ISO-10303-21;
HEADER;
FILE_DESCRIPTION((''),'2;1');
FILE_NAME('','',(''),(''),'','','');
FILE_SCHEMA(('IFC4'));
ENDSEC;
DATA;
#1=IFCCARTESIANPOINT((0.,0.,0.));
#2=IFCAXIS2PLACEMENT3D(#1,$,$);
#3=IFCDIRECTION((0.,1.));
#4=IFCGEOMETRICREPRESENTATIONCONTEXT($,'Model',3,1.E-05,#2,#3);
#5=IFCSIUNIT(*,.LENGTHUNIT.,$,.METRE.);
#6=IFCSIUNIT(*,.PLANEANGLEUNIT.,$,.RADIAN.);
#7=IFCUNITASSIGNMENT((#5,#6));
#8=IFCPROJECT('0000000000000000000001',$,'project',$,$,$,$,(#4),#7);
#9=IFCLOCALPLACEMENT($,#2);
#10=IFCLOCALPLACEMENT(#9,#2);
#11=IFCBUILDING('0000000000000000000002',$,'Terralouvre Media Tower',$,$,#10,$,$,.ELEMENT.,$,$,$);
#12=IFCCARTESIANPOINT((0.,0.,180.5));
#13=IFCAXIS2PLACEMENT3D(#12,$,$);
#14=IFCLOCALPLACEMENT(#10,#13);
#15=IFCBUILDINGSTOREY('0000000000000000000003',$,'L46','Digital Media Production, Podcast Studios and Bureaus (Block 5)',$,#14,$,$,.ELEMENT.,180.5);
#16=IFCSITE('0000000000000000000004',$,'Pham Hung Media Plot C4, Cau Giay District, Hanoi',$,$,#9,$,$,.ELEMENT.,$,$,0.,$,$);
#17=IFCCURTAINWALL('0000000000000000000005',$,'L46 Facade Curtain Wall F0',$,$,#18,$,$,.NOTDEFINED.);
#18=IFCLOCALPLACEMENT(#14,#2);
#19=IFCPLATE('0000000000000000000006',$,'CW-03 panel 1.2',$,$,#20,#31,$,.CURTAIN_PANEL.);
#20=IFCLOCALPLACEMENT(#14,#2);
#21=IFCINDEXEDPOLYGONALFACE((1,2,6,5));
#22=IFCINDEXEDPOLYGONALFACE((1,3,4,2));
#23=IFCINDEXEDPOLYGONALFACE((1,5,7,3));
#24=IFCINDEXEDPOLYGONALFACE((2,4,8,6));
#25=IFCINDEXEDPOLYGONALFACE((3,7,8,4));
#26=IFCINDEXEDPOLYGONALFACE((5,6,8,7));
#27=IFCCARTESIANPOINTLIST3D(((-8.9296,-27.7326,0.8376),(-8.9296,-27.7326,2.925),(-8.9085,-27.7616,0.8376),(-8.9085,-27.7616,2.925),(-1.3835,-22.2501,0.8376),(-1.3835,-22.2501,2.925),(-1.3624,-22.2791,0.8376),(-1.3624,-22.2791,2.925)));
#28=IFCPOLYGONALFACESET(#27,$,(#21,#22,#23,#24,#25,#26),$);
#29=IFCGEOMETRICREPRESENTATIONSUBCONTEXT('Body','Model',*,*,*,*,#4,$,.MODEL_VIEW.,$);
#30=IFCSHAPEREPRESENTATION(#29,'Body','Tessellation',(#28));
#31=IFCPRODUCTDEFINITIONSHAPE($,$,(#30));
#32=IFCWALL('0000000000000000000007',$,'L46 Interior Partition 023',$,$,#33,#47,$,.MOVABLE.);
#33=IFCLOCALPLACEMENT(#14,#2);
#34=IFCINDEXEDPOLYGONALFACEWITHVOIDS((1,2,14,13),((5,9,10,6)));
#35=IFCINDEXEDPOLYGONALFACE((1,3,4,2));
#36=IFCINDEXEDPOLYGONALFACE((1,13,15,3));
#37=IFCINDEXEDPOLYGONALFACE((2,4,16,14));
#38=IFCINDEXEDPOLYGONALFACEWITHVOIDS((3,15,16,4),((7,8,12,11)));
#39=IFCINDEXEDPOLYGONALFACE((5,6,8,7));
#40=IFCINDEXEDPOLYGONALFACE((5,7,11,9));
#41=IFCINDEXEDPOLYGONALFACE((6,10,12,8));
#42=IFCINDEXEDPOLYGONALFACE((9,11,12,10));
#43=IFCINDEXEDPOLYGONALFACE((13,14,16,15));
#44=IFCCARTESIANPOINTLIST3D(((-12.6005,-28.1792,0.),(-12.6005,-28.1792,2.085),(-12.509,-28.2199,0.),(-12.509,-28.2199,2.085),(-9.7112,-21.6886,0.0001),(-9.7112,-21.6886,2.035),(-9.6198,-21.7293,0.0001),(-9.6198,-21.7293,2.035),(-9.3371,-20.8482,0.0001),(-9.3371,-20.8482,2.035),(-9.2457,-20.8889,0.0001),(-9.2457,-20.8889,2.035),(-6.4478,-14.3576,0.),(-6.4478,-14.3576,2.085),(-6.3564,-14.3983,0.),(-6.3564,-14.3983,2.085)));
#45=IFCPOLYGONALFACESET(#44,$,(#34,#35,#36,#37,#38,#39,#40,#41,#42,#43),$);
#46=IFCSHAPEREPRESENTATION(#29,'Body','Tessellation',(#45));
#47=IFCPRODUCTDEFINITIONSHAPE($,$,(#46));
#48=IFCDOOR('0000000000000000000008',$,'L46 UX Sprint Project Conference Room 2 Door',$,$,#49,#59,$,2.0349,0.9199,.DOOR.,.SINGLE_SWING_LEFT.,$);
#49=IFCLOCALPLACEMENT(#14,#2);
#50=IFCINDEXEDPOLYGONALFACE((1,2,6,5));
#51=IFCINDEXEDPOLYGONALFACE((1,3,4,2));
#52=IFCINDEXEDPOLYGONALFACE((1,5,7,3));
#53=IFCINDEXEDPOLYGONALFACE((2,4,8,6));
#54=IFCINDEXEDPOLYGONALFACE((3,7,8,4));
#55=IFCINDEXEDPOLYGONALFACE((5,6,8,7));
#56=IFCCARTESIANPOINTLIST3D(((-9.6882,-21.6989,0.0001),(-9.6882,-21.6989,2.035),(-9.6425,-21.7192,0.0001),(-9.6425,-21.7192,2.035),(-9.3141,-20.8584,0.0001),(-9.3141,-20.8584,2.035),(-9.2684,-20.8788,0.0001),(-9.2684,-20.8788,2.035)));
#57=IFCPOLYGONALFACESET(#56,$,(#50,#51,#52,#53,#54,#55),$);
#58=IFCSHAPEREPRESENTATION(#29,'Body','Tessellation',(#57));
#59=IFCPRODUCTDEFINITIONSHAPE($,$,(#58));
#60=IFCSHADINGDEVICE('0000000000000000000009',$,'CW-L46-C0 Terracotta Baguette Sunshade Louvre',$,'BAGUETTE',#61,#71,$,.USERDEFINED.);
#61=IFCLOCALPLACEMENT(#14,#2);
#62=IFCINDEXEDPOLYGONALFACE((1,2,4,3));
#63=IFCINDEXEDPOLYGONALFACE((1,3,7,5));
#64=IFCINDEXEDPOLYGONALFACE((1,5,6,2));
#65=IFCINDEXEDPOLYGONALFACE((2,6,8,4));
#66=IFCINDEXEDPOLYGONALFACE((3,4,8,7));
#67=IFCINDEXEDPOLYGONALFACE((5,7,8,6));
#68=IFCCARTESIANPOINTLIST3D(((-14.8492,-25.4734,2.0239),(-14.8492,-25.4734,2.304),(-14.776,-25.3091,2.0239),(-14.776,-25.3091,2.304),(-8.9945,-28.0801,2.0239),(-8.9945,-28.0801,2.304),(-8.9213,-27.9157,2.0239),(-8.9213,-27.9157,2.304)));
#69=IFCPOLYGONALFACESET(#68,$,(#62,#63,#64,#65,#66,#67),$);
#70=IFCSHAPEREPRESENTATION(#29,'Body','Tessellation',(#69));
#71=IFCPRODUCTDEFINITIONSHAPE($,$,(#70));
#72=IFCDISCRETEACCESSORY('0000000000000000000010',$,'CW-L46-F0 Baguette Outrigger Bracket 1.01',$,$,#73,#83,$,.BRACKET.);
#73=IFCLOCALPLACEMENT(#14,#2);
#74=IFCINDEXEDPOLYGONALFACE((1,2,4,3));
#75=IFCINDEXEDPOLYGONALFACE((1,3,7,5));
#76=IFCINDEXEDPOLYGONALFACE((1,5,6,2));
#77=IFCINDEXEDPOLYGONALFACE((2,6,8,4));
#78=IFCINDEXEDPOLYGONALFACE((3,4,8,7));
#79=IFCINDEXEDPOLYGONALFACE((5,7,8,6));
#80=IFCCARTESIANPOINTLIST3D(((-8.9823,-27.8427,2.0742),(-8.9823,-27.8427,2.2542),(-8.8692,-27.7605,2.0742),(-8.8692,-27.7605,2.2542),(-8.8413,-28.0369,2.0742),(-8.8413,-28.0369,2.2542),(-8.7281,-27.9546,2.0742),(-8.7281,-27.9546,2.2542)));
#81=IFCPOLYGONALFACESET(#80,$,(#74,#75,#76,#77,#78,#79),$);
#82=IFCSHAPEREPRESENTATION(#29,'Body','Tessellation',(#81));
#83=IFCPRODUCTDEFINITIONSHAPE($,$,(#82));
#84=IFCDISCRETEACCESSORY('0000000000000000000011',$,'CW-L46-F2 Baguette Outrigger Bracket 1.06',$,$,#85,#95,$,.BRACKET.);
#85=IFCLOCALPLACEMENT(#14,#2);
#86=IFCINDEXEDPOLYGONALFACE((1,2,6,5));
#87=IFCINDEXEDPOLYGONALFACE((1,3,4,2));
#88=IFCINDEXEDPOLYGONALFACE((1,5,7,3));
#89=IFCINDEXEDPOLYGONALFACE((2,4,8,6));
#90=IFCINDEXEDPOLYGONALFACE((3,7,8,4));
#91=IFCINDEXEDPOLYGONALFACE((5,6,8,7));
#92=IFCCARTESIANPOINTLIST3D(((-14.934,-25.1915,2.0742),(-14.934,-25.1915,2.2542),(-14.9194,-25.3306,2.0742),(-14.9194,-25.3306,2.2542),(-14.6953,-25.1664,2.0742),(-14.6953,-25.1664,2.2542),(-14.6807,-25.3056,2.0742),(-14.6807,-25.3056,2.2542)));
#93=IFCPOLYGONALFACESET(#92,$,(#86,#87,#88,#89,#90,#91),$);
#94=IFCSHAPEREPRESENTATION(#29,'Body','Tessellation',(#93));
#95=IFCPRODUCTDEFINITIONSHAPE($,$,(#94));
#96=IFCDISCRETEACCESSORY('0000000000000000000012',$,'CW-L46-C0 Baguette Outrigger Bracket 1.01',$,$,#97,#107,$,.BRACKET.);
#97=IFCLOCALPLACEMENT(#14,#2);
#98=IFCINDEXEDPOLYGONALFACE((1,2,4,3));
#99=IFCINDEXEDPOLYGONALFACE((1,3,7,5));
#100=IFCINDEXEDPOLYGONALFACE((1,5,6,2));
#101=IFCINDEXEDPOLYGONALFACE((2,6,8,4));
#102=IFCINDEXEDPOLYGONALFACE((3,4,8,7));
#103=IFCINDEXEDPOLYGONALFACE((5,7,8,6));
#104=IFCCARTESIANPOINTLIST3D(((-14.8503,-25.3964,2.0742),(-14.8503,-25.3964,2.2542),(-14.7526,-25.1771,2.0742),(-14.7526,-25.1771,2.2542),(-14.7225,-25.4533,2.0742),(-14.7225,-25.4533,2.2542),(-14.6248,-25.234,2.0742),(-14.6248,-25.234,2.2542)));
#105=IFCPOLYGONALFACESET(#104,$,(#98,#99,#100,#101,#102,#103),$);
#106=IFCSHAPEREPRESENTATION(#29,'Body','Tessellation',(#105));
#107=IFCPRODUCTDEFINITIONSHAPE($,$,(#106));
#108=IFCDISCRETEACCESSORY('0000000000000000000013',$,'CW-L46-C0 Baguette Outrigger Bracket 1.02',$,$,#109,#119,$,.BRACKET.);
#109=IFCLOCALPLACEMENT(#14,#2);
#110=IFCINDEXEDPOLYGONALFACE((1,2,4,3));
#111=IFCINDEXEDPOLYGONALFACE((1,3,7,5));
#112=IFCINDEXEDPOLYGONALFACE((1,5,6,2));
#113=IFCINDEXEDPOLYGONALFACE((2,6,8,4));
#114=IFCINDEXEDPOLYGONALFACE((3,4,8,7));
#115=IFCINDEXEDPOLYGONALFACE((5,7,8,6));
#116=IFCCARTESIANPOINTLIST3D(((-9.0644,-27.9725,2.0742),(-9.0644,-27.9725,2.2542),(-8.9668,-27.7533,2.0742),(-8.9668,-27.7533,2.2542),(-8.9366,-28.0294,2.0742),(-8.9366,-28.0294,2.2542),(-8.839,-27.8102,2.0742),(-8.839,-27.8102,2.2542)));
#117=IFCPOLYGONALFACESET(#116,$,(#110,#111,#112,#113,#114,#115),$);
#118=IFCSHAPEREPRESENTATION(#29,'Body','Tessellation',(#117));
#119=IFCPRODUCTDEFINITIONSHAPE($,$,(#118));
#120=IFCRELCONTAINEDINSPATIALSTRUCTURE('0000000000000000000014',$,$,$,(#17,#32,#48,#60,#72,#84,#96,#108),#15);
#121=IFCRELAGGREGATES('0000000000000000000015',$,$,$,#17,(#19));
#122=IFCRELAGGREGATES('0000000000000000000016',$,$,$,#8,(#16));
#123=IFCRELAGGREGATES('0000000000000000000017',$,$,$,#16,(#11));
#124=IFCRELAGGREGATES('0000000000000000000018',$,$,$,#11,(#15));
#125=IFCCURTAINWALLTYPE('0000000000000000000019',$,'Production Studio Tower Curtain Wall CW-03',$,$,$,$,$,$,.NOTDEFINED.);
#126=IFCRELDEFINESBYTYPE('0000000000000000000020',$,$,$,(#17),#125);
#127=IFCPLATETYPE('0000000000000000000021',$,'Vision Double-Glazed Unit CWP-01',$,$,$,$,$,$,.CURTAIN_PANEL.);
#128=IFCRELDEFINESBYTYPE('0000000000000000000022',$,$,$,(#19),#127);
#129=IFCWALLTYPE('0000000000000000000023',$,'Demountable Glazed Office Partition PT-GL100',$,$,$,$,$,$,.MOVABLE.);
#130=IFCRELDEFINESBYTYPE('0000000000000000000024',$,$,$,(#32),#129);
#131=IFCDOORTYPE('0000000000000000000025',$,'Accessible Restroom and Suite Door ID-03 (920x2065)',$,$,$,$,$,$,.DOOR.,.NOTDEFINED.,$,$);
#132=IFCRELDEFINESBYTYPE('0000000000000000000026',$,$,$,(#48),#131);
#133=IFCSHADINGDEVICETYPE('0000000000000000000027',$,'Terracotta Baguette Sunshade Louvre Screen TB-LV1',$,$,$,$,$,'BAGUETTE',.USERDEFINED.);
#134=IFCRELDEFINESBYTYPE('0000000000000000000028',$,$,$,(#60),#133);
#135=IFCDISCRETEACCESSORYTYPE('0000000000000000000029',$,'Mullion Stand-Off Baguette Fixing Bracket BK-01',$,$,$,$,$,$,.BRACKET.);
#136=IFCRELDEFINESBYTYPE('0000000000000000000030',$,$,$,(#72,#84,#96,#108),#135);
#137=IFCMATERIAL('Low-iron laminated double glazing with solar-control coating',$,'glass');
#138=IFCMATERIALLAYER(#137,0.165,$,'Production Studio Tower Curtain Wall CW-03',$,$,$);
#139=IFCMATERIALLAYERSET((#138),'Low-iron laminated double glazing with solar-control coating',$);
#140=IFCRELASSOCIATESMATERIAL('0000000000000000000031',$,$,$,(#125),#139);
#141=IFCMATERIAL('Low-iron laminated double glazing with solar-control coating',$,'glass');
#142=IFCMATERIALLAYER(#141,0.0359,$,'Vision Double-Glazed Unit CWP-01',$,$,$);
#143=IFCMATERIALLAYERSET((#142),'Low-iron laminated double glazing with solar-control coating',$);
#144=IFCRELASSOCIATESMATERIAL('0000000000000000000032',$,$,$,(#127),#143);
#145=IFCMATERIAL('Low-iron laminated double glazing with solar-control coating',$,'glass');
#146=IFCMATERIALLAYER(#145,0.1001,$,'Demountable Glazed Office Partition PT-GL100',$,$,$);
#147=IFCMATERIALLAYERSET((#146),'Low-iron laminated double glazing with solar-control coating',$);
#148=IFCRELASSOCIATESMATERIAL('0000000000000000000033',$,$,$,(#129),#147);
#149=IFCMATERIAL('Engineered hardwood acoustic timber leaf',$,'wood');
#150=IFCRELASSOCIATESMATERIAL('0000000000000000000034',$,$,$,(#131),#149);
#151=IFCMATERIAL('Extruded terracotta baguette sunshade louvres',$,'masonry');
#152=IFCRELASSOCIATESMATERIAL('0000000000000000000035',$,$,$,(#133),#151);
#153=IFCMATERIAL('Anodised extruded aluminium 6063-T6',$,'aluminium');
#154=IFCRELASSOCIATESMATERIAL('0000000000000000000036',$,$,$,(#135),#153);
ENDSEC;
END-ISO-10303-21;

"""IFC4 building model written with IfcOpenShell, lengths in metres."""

from ifc_helpers import new_model, si_unit, direction, frame, frame_2d, origin, origin_2d, place, context, subcontext, project, spatial, rectangle, extrude, material, layer, layer_set, type_object, element, fill, aggregate, save


model = new_model("IFC4")

# Units and contexts
model_context = context("Model", 3, precision=1e-05, world=origin(), true_north=direction((0.0, 1.0)))
body_context = subcontext(model_context, "Body", "Model", "MODEL_VIEW")
ifc_project = project(units=[si_unit("LENGTHUNIT", "METRE"), si_unit("PLANEANGLEUNIT", "RADIAN")], contexts=[model_context])

# Site, building, storey
site_placement = place(None, origin())
site = spatial("IfcSite", under=ifc_project, at=site_placement, Name="Pham Hung Media Plot C4, Cau Giay District, Hanoi", CompositionType="ELEMENT", RefElevation=0.0)
building_placement = place(site_placement, origin())
building = spatial("IfcBuilding", under=site, at=building_placement, Name="Terralouvre Media Tower", CompositionType="ELEMENT")
storey_placement = place(building_placement, frame((0.0, 0.0, 180.5)))
storey = spatial("IfcBuildingStorey", under=building, at=storey_placement, Name="L46", Description="Digital Media Production, Podcast Studios and Bureaus (Block 5)", CompositionType="ELEMENT", Elevation=180.5)

# Curtain wall
ifc_material_1 = material(Name="Low-iron laminated double glazing with solar-control coating", Category="glass")
ifc_layer_1 = layer(ifc_material_1, 0.165, Name="Production Studio Tower Curtain Wall CW-03")
ifc_layer_set_1 = layer_set([ifc_layer_1], Name="Low-iron laminated double glazing with solar-control coating")
curtain_wall_type_1 = type_object("IfcCurtainWallType", Name="Production Studio Tower Curtain Wall CW-03", PredefinedType="NOTDEFINED", material=ifc_layer_set_1)
curtain_wall_1_placement = place(storey_placement, origin())
curtain_wall_1 = element("IfcCurtainWall", 1, at=curtain_wall_1_placement, inside=storey, type_object=curtain_wall_type_1, Name="L46 Facade Curtain Wall F0", PredefinedType="NOTDEFINED")

# Plate
ifc_material_2 = material(Name="Low-iron laminated double glazing with solar-control coating", Category="glass")
ifc_layer_2 = layer(ifc_material_2, 0.0359, Name="Vision Double-Glazed Unit CWP-01")
ifc_layer_set_2 = layer_set([ifc_layer_2], Name="Low-iron laminated double glazing with solar-control coating")
plate_type_1 = type_object("IfcPlateType", Name="Vision Double-Glazed Unit CWP-01", PredefinedType="CURTAIN_PANEL", material=ifc_layer_set_2)
plate_1_placement = place(storey_placement, frame((-5.146, -25.0059, 0.8376), z_axis=(0.0, 0.0, 1.0), x_axis=(0.809017, 0.587785, 0.0)))
plate_1 = element("IfcPlate", 2, at=plate_1_placement, type_object=plate_type_1, Name="CW-03 panel 1.2", PredefinedType="CURTAIN_PANEL", context=body_context, shape_type="SweptSolid", body=[
    extrude(rectangle(XDim=9.3274, YDim=0.0359, at=origin_2d()), origin(), (0.0, 0.0, 1.0), 2.0874),
])
aggregate(curtain_wall_1, [plate_1])

# Wall, opening, door
ifc_material_3 = material(Name="Low-iron laminated double glazing with solar-control coating", Category="glass")
ifc_layer_3 = layer(ifc_material_3, 0.1001, Name="Demountable Glazed Office Partition PT-GL100")
ifc_layer_set_3 = layer_set([ifc_layer_3], Name="Low-iron laminated double glazing with solar-control coating")
wall_type = type_object("IfcWallType", Name="Demountable Glazed Office Partition PT-GL100", PredefinedType="MOVABLE", material=ifc_layer_set_3)
wall_placement = place(storey_placement, frame((-12.5547, -28.1995, 0.0), z_axis=(0.0, 0.0, 1.0), x_axis=(0.406673, 0.913574, 0.0)))
wall = element("IfcWall", 3, at=wall_placement, inside=storey, type_object=wall_type, Name="L46 Interior Partition 023", PredefinedType="MOVABLE", context=body_context, shape_type="SweptSolid", body=[
    extrude(rectangle(XDim=15.1292, YDim=0.1001, at=frame_2d((7.5645, 0.0))), origin(), (0.0, 0.0, 1.0), 2.085),
])
opening_placement = place(wall_placement, frame((7.1045, 0.0, 0.0)))
opening = element("IfcOpeningElement", 4, at=opening_placement, cuts=wall, PredefinedType="OPENING", context=body_context, shape_type="SweptSolid", body=[
    extrude(rectangle(XDim=0.9199, YDim=2.0349, at=frame_2d((0.46, 1.0176))), frame((0.0, 0.0601, 0.0), z_axis=(0.0, -1.0, 0.0), x_axis=(1.0, 0.0, 0.0)), (0.0, 0.0, 1.0), 0.1201),
])
ifc_material_4 = material(Name="Engineered hardwood acoustic timber leaf", Category="wood")
door_type = type_object("IfcDoorType", Name="Accessible Restroom and Suite Door ID-03 (920x2065)", OperationType="NOTDEFINED", PredefinedType="DOOR", material=ifc_material_4)
door_placement = place(opening_placement, origin())
door = element("IfcDoor", 5, at=door_placement, inside=storey, type_object=door_type, Name="L46 UX Sprint Project Conference Room 2 Door", OperationType="SINGLE_SWING_LEFT", OverallHeight=2.0349, OverallWidth=0.9199, PredefinedType="DOOR", context=body_context, shape_type="SweptSolid", body=[
    extrude(rectangle(XDim=0.9199, YDim=2.0349, at=frame_2d((0.46, 1.0176))), frame((0.0, 0.0249, 0.0), z_axis=(0.0, -1.0, 0.0), x_axis=(1.0, 0.0, 0.0)), (0.0, 0.0, 1.0), 0.05),
])
fill(opening, door)

# Shading device
ifc_material_5 = material(Name="Extruded terracotta baguette sunshade louvres", Category="masonry")
shading_device_type = type_object("IfcShadingDeviceType", Name="Terracotta Baguette Sunshade Louvre Screen TB-LV1", ElementType="BAGUETTE", PredefinedType="USERDEFINED", material=ifc_material_5)
shading_device_placement = place(storey_placement, frame((-11.8853, -26.6946, 2.0239), z_axis=(0.0, 0.0, 1.0), x_axis=(0.913545, -0.406737, 0.0)))
element("IfcShadingDevice", 6, at=shading_device_placement, inside=storey, type_object=shading_device_type, Name="CW-L46-C0 Terracotta Baguette Sunshade Louvre", ObjectType="BAGUETTE", PredefinedType="USERDEFINED", context=body_context, shape_type="SweptSolid", body=[
    extrude(rectangle(XDim=6.4087, YDim=0.1799, at=origin_2d()), origin(), (0.0, 0.0, 1.0), 0.28),
])

# Discrete accessories
ifc_material_6 = material(Name="Anodised extruded aluminium 6063-T6", Category="aluminium")
discrete_accessory_type = type_object("IfcDiscreteAccessoryType", Name="Mullion Stand-Off Baguette Fixing Bracket BK-01", PredefinedType="BRACKET", material=ifc_material_6)
for number, where, z_axis, x_axis, name in (
    (7, (-8.8552, -27.8987, 2.0742), (0.0, 0.0, 1.0), (0.809017, 0.587785, 0.0), "CW-L46-F0 Baguette Outrigger Bracket 1.01"),
    (8, (-14.8074, -25.2485, 2.0742), (0.0, 0.0, 1.0), (0.104528, -0.994522, 0.0), "CW-L46-F2 Baguette Outrigger Bracket 1.06"),
    (9, (-14.7375, -25.3152, 2.0742), (0.0, 0.0, 1.0), (0.913545, -0.406737, 0.0), "CW-L46-C0 Baguette Outrigger Bracket 1.01"),
    (10, (-8.9517, -27.8914, 2.0742), (0.0, 0.0, 1.0), (0.913545, -0.406737, 0.0), "CW-L46-C0 Baguette Outrigger Bracket 1.02"),
):
    element("IfcDiscreteAccessory", number, at=place(storey_placement, frame(where, z_axis=z_axis, x_axis=x_axis)), inside=storey, type_object=discrete_accessory_type, Name=name, PredefinedType="BRACKET", context=body_context, shape_type="SweptSolid", body=[
        extrude(rectangle(XDim=0.1399, YDim=0.24, at=origin_2d()), origin(), (0.0, 0.0, 1.0), 0.1799),
    ])

save(model, "model.ifc")
